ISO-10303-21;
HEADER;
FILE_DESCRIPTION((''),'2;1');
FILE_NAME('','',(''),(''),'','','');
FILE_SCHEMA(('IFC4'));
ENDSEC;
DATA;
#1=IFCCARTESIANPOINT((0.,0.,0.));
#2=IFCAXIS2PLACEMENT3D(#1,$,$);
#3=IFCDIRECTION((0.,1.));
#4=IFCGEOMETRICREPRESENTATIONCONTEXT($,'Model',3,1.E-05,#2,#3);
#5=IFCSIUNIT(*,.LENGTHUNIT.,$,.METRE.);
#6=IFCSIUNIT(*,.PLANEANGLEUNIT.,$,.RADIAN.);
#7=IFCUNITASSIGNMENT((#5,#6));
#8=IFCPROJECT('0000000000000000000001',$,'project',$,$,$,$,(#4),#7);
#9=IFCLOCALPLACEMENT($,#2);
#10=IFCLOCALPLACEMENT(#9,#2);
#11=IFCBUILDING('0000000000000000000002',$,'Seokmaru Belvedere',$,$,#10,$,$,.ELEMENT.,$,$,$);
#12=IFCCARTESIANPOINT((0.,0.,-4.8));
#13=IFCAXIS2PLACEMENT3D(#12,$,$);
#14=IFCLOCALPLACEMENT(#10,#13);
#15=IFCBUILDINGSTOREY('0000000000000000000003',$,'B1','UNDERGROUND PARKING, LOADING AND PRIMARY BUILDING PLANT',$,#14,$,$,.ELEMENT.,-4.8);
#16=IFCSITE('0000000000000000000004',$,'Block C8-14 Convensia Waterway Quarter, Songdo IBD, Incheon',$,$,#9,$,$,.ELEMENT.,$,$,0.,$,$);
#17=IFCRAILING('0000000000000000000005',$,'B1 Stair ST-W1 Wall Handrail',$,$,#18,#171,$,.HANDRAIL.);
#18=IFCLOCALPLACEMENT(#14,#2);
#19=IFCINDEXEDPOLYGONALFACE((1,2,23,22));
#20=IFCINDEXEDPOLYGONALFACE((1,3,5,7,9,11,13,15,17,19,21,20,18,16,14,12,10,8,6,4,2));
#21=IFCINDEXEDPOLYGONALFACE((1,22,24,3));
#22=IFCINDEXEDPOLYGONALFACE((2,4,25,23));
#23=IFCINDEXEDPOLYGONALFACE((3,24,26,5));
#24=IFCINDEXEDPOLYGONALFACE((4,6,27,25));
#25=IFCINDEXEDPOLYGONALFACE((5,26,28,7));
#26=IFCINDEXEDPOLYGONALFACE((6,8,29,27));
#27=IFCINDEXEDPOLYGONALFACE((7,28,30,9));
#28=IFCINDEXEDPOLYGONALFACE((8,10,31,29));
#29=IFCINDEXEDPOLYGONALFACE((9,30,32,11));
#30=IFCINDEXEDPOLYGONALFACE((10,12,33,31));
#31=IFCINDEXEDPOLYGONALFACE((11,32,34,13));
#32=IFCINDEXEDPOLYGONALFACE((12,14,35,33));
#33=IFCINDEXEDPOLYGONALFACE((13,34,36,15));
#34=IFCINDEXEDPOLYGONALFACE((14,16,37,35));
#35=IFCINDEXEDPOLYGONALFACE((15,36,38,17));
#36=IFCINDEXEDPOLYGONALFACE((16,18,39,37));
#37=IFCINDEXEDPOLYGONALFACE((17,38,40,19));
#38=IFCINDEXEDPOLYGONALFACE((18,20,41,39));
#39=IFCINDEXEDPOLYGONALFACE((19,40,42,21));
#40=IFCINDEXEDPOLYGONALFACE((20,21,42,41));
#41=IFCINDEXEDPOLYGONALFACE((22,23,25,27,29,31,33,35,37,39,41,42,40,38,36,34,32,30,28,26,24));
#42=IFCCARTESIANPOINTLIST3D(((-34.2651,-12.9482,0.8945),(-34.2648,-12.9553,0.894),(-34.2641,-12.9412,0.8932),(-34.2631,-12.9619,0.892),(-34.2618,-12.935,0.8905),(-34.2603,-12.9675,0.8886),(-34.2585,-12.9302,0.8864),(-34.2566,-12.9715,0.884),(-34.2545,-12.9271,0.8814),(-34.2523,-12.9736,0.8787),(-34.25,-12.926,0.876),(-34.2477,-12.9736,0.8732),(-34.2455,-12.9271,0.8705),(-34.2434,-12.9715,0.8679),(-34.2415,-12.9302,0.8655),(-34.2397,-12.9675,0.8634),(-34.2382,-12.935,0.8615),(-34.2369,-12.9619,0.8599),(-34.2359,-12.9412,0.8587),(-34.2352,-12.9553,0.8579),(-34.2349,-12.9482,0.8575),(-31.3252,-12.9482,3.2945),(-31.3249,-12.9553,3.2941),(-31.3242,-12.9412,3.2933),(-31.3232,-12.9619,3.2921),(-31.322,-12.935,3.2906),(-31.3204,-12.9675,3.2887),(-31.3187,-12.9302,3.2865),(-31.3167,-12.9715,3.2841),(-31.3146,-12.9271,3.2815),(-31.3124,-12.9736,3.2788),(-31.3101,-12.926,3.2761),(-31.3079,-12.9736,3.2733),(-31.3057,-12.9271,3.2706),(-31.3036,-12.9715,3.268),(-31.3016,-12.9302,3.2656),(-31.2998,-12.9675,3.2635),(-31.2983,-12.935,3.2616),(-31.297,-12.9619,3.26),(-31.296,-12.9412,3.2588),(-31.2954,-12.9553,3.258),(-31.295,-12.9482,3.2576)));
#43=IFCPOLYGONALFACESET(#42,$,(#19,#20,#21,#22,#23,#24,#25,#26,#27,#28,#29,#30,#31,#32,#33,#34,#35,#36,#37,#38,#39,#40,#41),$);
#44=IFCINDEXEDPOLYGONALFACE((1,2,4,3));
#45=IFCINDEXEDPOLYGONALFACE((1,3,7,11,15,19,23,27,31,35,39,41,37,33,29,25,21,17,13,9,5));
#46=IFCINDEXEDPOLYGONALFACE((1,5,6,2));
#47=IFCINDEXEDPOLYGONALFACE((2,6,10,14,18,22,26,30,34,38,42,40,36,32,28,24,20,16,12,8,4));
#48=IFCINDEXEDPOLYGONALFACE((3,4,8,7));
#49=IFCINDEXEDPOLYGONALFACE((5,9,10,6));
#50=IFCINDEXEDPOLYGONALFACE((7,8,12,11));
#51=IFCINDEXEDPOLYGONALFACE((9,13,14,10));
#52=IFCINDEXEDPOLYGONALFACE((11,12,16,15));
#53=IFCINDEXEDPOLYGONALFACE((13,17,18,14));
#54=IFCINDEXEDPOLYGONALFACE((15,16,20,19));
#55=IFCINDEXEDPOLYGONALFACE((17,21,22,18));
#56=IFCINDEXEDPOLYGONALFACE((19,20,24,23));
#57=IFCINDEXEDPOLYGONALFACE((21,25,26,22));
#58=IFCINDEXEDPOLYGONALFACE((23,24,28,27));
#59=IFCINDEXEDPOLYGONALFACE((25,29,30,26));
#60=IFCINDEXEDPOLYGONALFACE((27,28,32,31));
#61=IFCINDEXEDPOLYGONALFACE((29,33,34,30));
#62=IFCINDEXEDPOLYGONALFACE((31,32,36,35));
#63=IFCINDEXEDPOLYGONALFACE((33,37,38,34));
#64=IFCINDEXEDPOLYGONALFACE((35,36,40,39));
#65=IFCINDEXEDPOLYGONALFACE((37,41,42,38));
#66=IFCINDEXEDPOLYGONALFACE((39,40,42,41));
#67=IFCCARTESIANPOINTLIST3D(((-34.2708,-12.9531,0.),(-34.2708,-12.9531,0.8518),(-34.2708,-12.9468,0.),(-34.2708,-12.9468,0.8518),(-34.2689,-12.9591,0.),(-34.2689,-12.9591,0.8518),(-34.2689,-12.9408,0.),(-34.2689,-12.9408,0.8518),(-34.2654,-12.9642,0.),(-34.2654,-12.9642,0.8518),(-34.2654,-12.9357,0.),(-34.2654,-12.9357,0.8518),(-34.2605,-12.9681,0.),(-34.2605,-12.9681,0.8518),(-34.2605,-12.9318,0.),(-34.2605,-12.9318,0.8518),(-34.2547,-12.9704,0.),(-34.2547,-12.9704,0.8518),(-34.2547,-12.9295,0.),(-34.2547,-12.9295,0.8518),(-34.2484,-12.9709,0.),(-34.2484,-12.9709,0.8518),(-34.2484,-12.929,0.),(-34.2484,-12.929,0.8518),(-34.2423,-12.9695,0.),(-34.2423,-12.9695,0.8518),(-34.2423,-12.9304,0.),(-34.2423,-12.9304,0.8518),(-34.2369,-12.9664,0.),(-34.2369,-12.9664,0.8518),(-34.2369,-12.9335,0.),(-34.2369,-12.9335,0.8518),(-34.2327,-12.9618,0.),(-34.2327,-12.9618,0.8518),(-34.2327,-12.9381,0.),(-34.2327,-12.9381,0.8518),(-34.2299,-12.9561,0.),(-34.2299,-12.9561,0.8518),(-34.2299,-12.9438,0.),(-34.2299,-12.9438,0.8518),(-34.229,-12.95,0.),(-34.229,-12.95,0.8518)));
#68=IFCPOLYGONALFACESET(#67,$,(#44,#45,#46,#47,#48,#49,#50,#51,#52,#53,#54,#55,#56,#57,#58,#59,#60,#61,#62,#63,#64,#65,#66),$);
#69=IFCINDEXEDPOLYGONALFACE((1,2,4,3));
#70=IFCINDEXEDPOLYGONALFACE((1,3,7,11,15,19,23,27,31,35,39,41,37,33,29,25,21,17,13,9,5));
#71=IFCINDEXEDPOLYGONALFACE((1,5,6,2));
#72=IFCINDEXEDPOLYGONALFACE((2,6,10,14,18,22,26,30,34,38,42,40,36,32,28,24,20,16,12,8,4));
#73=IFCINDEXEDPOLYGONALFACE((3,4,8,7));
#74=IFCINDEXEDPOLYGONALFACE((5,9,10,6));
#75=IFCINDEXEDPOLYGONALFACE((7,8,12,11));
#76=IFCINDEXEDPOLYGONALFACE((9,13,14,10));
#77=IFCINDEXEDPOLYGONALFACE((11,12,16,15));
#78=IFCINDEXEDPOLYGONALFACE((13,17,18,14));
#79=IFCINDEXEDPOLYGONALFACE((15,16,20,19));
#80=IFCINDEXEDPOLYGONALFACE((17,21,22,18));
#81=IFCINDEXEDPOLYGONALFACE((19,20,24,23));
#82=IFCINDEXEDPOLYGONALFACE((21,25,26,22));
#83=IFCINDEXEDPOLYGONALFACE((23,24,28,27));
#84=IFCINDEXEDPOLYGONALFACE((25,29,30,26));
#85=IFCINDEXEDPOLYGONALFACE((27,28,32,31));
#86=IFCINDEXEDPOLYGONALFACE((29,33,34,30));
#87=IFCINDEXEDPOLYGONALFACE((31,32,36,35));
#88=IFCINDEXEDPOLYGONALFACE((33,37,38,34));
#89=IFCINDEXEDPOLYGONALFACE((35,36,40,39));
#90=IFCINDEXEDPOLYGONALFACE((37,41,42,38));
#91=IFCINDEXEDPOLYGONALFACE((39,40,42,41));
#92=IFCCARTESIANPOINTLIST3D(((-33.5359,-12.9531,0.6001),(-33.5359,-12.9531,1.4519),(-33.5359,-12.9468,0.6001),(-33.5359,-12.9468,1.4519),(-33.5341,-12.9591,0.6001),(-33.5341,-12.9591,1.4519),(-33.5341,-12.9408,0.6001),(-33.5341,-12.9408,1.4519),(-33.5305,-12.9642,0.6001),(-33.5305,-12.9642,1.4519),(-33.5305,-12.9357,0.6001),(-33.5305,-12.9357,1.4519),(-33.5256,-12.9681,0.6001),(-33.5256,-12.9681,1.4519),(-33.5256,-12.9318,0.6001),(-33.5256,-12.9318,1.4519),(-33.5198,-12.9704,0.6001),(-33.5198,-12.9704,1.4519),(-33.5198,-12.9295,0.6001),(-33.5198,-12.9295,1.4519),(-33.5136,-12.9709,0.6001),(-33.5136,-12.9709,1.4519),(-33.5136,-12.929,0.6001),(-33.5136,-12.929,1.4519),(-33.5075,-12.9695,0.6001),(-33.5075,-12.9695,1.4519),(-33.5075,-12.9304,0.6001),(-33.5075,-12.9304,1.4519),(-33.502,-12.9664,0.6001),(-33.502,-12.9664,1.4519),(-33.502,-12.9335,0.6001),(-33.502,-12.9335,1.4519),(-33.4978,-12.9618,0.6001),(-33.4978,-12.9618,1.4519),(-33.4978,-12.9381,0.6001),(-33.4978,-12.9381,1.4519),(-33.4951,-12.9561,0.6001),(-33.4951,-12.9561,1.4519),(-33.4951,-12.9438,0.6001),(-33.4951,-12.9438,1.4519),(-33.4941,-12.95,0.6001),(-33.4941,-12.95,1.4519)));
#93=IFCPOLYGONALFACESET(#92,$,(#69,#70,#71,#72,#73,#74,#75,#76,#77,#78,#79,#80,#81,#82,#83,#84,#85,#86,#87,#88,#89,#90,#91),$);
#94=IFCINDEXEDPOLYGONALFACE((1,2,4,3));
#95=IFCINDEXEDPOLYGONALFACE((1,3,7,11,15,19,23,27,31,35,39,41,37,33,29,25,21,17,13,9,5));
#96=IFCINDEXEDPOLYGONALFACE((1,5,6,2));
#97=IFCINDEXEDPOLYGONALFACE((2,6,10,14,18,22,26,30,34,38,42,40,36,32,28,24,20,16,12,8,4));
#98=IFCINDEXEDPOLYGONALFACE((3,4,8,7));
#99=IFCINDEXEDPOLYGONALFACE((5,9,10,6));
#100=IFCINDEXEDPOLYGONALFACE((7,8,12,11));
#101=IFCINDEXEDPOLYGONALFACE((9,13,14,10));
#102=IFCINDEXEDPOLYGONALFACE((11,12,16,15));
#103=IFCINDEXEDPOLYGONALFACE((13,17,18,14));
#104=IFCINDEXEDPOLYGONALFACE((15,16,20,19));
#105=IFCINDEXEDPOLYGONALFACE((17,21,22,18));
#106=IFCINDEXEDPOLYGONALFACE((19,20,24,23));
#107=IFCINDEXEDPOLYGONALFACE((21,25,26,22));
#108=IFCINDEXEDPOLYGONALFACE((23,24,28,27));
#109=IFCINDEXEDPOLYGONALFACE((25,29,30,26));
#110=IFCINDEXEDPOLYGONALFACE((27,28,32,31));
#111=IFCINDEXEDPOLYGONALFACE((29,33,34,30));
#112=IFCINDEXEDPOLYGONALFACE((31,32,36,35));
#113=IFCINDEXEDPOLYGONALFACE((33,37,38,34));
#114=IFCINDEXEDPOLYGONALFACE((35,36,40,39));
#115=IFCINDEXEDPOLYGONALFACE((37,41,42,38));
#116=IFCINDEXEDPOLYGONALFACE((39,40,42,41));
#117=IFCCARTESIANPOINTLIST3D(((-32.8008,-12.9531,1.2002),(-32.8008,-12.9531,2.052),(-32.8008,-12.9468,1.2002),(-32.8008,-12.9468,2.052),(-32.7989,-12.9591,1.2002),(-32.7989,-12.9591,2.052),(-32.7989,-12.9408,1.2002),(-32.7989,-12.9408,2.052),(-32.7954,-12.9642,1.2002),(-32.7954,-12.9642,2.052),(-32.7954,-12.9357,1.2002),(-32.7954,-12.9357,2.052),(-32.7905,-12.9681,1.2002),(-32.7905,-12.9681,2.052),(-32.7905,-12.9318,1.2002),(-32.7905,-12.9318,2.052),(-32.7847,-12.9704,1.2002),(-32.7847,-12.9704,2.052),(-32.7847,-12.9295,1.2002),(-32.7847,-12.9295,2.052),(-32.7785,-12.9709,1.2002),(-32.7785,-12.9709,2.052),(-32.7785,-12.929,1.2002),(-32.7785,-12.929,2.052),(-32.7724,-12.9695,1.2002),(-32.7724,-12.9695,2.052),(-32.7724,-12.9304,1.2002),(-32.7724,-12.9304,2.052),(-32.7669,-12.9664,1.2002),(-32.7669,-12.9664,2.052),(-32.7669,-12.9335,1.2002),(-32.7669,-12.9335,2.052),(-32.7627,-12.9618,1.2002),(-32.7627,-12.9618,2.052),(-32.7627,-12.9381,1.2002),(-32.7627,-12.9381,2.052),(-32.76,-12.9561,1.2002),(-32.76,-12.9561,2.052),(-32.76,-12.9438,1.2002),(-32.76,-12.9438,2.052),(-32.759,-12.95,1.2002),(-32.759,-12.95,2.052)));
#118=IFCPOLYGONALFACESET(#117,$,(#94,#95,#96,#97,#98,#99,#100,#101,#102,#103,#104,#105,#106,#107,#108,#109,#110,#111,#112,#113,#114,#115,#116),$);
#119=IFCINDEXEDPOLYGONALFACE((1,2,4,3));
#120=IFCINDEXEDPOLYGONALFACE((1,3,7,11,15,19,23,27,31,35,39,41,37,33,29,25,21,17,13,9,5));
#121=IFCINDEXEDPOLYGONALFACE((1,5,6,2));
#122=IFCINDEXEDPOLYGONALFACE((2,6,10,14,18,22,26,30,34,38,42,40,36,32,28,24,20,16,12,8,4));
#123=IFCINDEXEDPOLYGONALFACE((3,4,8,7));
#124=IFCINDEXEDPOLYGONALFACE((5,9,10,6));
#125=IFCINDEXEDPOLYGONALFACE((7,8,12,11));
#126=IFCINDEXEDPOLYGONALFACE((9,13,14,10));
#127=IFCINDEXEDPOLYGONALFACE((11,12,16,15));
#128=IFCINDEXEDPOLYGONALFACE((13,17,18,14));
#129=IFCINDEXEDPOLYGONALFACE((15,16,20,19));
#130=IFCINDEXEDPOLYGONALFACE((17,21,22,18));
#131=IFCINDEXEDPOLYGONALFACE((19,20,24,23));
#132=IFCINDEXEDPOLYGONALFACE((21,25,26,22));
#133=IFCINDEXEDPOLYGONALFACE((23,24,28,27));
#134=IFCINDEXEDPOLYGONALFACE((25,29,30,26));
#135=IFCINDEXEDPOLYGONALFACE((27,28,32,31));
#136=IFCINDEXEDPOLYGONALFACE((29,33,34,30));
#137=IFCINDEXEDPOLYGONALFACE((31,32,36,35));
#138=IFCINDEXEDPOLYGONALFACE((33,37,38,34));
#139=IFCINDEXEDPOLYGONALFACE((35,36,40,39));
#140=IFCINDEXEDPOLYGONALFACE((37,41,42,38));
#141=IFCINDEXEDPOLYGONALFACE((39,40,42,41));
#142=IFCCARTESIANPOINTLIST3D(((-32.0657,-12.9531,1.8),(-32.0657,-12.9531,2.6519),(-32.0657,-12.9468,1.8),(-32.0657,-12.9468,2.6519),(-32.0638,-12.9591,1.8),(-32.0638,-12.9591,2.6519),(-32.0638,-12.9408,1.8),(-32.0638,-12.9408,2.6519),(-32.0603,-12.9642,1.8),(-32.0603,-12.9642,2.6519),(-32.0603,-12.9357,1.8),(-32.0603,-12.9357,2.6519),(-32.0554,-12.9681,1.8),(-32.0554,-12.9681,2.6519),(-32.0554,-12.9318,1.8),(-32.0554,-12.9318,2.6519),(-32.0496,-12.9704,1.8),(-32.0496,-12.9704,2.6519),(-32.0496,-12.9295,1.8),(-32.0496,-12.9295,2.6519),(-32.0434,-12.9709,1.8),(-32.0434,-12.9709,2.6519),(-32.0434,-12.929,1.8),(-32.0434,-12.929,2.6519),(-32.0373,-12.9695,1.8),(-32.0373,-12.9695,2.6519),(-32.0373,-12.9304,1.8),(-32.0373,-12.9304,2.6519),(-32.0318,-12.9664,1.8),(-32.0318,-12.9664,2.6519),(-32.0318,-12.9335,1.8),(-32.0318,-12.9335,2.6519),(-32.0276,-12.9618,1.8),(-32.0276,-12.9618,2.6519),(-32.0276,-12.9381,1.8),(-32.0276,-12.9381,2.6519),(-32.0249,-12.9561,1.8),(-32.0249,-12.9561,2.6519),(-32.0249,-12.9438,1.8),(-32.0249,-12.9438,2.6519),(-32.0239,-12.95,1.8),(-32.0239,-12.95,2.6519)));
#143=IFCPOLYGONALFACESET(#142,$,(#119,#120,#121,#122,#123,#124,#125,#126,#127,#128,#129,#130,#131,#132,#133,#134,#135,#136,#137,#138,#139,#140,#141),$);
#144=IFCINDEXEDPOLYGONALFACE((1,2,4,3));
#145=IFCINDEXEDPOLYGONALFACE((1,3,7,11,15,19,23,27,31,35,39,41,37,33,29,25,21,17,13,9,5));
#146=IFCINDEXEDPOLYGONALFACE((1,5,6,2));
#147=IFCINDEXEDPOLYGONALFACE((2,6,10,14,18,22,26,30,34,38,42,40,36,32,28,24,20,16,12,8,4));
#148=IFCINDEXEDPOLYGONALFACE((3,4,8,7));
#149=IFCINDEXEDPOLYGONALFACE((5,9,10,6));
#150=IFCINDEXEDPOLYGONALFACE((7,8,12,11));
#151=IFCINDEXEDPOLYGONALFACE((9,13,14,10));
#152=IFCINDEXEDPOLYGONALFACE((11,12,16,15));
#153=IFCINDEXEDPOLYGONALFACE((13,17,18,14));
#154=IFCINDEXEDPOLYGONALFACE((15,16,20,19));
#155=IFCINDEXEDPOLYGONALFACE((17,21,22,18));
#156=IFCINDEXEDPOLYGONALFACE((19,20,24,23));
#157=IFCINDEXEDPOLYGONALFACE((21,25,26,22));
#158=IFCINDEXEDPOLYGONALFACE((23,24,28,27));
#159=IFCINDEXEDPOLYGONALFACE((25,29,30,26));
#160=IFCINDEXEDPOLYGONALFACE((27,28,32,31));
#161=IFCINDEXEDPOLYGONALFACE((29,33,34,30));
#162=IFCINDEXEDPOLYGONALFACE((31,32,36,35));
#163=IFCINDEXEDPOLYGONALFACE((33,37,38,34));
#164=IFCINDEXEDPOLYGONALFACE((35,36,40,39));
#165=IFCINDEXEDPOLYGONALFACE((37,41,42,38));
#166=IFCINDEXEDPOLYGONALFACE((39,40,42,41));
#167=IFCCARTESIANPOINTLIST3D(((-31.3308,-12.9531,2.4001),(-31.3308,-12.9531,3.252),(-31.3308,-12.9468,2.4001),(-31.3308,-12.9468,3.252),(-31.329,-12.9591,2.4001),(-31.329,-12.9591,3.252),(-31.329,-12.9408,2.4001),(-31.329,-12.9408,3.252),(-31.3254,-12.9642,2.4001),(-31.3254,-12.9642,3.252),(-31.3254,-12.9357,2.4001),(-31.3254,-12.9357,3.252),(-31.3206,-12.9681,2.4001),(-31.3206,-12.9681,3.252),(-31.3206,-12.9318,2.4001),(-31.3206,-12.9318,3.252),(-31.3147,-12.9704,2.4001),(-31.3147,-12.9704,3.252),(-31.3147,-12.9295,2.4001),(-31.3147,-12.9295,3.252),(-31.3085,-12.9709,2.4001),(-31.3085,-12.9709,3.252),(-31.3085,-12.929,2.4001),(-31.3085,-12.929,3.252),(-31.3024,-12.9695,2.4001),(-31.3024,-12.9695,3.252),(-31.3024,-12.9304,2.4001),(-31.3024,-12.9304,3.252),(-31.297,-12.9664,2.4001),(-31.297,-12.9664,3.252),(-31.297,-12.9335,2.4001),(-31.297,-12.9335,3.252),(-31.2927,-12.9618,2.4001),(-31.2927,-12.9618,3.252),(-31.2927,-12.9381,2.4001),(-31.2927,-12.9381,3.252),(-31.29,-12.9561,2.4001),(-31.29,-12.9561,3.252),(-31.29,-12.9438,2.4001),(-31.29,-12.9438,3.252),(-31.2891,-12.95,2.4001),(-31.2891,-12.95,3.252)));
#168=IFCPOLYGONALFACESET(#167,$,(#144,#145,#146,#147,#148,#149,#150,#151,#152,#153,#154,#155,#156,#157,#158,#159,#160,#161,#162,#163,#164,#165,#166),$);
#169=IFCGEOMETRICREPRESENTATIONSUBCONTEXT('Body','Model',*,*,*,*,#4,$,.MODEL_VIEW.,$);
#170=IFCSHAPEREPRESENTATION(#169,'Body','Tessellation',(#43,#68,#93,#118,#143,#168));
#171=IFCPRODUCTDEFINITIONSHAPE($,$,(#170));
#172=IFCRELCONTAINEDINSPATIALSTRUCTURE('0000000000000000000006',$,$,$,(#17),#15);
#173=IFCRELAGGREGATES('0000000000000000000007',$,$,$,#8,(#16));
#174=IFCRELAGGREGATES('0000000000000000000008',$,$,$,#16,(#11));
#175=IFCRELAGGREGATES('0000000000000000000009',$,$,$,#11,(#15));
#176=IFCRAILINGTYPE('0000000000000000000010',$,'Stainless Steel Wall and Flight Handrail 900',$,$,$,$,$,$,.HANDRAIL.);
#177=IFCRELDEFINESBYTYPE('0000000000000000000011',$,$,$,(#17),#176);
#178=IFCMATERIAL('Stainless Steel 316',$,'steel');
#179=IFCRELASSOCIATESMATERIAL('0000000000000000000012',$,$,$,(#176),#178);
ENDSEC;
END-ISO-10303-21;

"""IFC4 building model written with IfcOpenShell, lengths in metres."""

from ifc_helpers import new_model, si_unit, direction, frame, origin, origin_2d, place, context, subcontext, project, spatial, circle, extrude, material, type_object, element, save


model = new_model("IFC4")

# Units and contexts
model_context = context("Model", 3, precision=1e-05, world=origin(), true_north=direction((0.0, 1.0)))
body_context = subcontext(model_context, "Body", "Model", "MODEL_VIEW")
ifc_project = project(units=[si_unit("LENGTHUNIT", "METRE"), si_unit("PLANEANGLEUNIT", "RADIAN")], contexts=[model_context])

# Site, building, storey
site_placement = place(None, origin())
site = spatial("IfcSite", under=ifc_project, at=site_placement, Name="Block C8-14 Convensia Waterway Quarter, Songdo IBD, Incheon", CompositionType="ELEMENT", RefElevation=0.0)
building_placement = place(site_placement, origin())
building = spatial("IfcBuilding", under=site, at=building_placement, Name="Seokmaru Belvedere", CompositionType="ELEMENT")
storey_placement = place(building_placement, frame((0.0, 0.0, -4.8)))
storey = spatial("IfcBuildingStorey", under=building, at=storey_placement, Name="B1", Description="UNDERGROUND PARKING, LOADING AND PRIMARY BUILDING PLANT", CompositionType="ELEMENT", Elevation=-4.8)

# Shared definitions
ifc_material_1 = material(Name="Stainless Steel 316", Category="steel")

# Railing
railing_type_1 = type_object("IfcRailingType", Name="Stainless Steel Wall and Flight Handrail 900", PredefinedType="HANDRAIL", material=ifc_material_1)
railing_1_placement = place(storey_placement, frame((-34.25, -12.95, 0.0)))
element("IfcRailing", 1, at=railing_1_placement, inside=storey, type_object=railing_type_1, Name="B1 Stair ST-W1 Wall Handrail", PredefinedType="HANDRAIL", context=body_context, shape_type="SweptSolid", body=[
    extrude(circle(Radius=0.0239, at=origin_2d()), frame((0.0, 0.0, 0.876), z_axis=(0.774636, 0.0, 0.632407), x_axis=(0.0, 1.0, 0.0)), (0.0, 0.0, 1.0), 3.7952),
    extrude(circle(Radius=0.021, at=origin_2d()), origin(), (0.0, 0.0, 1.0), 0.8518),
    extrude(circle(Radius=0.021, at=origin_2d()), frame((0.7349, 0.0, 0.6001)), (0.0, 0.0, 1.0), 0.8518),
    extrude(circle(Radius=0.021, at=origin_2d()), frame((1.47, 0.0, 1.2002)), (0.0, 0.0, 1.0), 0.8518),
    extrude(circle(Radius=0.021, at=origin_2d()), frame((2.2051, 0.0, 1.8)), (0.0, 0.0, 1.0), 0.8518),
    extrude(circle(Radius=0.021, at=origin_2d()), frame((2.9399, 0.0, 2.4001)), (0.0, 0.0, 1.0), 0.8518),
])

save(model, "model.ifc")
